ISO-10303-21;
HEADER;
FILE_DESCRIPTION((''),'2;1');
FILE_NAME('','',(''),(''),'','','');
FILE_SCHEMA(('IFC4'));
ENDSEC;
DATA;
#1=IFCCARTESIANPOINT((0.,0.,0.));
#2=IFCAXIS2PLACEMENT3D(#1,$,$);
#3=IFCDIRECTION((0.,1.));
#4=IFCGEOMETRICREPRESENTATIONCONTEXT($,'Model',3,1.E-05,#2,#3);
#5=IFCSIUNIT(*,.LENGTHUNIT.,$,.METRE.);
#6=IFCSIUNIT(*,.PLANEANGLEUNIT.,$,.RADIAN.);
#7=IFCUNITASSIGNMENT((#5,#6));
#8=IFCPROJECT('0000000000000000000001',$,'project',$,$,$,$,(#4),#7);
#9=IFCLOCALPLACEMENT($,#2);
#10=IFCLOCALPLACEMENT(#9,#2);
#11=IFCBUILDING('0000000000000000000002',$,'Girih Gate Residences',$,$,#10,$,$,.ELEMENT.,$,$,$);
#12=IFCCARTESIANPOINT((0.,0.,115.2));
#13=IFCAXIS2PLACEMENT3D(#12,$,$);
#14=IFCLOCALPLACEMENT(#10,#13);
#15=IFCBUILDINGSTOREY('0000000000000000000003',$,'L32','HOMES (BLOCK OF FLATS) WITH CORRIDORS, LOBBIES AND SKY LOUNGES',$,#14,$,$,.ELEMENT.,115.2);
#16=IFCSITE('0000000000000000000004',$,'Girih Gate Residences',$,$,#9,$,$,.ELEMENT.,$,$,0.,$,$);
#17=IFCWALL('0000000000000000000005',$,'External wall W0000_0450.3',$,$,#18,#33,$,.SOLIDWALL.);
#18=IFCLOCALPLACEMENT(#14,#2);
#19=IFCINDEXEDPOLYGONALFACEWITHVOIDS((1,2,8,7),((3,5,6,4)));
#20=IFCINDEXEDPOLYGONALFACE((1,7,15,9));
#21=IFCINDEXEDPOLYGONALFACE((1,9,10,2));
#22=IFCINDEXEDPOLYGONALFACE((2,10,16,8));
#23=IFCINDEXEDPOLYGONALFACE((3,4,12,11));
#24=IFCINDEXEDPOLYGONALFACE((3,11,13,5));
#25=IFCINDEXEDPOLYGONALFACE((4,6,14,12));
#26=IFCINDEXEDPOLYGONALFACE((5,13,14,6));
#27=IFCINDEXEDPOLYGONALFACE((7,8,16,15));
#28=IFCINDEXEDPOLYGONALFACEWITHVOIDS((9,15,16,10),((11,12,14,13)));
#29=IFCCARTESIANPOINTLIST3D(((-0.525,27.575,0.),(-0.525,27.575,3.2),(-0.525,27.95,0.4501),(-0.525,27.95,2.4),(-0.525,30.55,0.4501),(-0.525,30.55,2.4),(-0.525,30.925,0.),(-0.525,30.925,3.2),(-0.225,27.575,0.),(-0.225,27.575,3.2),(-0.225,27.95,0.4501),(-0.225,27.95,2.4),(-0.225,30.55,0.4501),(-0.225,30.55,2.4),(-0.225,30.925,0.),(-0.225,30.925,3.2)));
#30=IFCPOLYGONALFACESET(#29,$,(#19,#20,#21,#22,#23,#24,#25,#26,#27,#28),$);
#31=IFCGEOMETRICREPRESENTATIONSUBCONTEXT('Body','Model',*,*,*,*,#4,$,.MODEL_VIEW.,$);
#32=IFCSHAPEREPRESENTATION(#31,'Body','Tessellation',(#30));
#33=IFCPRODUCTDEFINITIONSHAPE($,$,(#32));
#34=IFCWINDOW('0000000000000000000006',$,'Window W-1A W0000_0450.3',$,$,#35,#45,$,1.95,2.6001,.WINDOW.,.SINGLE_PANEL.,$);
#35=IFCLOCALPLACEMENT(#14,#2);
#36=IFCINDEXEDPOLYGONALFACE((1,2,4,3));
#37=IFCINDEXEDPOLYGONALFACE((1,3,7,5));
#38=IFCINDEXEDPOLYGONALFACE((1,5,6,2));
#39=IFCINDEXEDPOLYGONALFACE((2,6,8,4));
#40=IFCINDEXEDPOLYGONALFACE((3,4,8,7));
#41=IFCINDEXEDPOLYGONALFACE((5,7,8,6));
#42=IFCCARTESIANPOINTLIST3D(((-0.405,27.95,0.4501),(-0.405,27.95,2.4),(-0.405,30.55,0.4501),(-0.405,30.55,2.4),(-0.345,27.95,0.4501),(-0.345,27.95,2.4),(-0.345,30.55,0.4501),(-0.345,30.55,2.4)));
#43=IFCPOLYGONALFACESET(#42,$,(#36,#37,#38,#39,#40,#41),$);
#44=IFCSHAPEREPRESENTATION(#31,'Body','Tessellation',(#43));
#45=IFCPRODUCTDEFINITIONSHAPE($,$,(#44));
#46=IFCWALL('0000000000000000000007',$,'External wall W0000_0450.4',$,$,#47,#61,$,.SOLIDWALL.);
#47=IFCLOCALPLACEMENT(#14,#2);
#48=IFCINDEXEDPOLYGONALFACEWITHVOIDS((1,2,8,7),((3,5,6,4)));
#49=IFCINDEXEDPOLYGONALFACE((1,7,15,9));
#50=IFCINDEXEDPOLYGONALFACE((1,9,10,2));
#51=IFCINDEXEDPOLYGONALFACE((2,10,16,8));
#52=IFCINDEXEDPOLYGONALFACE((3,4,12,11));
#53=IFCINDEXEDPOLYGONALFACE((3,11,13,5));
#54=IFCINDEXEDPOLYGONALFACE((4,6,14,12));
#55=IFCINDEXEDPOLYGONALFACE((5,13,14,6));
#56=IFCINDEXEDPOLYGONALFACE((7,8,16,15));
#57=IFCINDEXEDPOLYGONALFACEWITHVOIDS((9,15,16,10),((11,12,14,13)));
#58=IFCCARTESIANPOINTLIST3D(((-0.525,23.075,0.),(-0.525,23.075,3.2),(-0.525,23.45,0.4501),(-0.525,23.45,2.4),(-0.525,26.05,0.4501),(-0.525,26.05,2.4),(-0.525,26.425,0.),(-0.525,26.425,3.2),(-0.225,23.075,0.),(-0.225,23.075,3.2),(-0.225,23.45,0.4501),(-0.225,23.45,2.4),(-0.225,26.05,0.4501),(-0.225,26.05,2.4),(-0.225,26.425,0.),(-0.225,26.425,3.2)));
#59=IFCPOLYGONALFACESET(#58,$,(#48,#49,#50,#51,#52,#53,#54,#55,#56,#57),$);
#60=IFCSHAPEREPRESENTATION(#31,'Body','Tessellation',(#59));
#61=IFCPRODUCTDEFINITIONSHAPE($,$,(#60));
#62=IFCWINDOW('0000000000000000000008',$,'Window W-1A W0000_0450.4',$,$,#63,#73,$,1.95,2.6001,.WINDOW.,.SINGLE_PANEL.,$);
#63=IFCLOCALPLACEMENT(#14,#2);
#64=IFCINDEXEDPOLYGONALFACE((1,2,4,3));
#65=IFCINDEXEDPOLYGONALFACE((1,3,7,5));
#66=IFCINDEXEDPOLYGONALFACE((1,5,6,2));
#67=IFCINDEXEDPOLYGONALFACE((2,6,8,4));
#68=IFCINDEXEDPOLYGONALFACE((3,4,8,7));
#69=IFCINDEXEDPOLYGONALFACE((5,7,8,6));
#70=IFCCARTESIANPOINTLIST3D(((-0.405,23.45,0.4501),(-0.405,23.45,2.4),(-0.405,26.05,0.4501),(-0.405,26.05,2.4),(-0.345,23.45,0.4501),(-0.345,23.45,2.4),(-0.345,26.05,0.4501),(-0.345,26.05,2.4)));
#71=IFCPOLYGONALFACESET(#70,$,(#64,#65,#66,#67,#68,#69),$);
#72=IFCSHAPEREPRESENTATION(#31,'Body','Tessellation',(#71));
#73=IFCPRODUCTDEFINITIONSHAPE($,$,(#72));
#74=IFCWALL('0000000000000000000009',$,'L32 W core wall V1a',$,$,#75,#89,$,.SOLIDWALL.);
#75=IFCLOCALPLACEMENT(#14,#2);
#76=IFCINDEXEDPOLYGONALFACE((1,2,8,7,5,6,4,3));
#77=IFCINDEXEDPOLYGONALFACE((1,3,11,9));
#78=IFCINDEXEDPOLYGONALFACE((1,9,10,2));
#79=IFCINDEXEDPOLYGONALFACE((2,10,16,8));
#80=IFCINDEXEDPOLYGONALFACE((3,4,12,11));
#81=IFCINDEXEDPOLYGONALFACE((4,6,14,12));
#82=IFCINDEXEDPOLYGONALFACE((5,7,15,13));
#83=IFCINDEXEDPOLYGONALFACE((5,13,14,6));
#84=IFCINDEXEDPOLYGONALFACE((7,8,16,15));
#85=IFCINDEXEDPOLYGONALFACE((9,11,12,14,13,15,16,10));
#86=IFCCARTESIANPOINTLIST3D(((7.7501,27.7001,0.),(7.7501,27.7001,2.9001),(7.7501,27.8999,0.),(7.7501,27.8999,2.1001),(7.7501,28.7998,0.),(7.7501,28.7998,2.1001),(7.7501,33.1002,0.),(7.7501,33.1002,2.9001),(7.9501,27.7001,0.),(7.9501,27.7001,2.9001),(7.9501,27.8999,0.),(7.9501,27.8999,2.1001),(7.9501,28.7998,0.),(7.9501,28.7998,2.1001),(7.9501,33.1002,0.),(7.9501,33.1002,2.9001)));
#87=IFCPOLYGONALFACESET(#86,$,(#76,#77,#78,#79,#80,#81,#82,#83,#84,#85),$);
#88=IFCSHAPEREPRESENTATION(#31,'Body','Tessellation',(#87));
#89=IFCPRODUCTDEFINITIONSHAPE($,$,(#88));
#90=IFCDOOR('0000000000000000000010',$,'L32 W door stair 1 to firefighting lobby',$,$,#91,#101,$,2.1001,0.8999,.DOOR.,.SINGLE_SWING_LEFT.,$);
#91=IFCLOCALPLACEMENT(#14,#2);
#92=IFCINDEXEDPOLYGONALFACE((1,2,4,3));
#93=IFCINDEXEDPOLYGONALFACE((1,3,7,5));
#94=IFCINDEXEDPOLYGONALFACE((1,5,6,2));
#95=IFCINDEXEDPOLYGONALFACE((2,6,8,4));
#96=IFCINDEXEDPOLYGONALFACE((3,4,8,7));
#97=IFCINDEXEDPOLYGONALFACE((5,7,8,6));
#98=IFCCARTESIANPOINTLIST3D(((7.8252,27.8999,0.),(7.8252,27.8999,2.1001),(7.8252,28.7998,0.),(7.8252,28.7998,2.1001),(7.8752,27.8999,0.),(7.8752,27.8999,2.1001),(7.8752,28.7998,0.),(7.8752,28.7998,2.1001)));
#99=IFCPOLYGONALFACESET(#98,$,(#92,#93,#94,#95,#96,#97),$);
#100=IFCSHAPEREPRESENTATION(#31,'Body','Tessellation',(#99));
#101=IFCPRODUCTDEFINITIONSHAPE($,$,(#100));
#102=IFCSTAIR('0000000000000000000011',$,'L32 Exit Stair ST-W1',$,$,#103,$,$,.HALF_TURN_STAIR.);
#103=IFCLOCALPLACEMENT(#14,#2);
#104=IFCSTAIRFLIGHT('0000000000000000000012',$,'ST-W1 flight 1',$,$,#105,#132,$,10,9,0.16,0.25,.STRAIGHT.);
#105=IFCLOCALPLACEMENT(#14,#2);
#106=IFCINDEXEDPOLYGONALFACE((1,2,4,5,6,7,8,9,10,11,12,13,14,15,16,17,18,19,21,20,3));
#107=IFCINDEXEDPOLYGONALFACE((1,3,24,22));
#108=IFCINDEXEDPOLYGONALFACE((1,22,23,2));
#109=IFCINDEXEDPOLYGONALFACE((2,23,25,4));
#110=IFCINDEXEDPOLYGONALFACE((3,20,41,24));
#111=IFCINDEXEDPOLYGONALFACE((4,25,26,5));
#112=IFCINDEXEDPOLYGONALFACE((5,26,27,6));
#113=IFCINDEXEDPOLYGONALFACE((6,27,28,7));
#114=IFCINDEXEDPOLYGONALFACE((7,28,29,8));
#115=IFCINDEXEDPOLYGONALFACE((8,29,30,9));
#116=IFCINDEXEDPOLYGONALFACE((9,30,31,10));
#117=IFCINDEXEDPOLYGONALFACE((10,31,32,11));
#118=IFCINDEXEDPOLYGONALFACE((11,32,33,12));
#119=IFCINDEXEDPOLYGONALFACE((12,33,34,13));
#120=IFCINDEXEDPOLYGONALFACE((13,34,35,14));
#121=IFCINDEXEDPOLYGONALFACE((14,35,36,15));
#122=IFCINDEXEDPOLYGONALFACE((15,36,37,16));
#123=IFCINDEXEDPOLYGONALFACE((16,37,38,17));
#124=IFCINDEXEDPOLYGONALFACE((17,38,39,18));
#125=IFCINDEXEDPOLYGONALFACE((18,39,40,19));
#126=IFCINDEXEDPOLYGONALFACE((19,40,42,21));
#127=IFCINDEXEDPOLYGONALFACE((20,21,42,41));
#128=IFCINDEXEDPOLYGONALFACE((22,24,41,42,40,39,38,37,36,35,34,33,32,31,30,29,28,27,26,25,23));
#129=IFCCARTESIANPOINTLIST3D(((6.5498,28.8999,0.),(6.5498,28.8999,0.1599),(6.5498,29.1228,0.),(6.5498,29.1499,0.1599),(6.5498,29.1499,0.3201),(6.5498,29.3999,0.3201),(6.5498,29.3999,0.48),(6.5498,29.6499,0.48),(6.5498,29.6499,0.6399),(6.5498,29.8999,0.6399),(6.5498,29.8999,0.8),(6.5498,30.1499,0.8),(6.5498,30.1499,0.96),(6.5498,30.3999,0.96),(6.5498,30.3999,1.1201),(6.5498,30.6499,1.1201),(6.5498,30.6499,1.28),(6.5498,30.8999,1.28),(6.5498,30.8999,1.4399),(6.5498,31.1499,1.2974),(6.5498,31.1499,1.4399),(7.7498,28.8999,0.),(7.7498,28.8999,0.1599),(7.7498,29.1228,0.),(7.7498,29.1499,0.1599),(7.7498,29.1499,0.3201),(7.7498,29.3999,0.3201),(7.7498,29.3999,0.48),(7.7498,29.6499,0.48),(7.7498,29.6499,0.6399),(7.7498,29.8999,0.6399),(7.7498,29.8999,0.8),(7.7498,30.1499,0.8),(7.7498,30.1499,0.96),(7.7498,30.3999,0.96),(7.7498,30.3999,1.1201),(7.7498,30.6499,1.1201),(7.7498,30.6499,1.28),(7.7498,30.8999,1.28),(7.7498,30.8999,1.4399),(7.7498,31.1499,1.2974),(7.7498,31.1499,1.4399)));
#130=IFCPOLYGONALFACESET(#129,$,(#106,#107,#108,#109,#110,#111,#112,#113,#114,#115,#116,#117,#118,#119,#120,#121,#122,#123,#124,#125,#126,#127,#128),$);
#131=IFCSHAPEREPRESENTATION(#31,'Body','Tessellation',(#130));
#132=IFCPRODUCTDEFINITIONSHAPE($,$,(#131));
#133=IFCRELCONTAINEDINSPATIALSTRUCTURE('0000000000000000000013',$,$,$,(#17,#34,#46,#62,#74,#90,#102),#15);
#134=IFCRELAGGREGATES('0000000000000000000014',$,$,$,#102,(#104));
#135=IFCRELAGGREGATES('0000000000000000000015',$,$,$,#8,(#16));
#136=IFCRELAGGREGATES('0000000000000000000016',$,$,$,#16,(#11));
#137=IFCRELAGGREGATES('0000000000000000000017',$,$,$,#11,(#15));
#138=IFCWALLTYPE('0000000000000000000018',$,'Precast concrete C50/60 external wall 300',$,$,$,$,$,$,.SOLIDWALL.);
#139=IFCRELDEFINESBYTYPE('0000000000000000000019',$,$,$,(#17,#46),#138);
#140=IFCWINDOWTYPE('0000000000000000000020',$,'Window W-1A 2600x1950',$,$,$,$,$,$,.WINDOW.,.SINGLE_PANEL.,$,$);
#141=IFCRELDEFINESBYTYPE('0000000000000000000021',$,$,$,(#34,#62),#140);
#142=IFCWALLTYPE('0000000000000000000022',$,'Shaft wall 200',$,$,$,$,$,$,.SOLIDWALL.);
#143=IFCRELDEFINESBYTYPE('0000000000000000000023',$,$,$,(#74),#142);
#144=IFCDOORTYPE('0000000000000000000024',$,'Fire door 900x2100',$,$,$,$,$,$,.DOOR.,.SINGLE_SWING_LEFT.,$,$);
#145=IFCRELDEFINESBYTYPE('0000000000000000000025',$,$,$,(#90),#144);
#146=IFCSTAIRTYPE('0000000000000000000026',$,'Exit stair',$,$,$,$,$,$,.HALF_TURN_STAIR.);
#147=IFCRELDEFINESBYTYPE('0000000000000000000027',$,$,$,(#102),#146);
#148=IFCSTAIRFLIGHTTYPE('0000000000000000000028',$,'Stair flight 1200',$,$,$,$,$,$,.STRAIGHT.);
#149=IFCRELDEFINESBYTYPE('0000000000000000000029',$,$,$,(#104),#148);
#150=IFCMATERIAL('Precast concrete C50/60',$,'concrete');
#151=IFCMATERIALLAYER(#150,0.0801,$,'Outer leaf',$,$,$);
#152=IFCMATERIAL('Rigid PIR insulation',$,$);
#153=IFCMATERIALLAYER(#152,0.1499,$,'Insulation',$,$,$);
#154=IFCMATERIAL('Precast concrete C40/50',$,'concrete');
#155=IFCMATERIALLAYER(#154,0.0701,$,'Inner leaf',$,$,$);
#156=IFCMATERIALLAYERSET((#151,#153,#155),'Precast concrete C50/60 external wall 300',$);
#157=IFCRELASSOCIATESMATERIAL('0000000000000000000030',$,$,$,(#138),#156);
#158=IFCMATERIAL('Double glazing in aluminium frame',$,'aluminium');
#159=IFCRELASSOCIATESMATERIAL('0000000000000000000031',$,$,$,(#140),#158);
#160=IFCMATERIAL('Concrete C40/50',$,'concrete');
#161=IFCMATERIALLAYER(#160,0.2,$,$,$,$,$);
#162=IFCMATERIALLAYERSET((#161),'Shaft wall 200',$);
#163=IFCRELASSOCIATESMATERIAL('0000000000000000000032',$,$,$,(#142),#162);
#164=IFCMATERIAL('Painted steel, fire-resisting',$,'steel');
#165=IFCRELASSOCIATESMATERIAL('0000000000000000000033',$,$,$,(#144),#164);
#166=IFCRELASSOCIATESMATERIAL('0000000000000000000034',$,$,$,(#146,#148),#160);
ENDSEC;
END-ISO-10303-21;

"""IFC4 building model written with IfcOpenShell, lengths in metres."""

from ifc_helpers import new_model, si_unit, direction, frame, frame_2d, origin, place, context, subcontext, project, spatial, polyline, rectangle, outline, extrude, material, layer, layer_set, type_object, element, fill, aggregate, save


model = new_model("IFC4")

# Units and contexts
model_context = context("Model", 3, precision=1e-05, world=origin(), true_north=direction((0.0, 1.0)))
body_context = subcontext(model_context, "Body", "Model", "MODEL_VIEW")
ifc_project = project(units=[si_unit("LENGTHUNIT", "METRE"), si_unit("PLANEANGLEUNIT", "RADIAN")], contexts=[model_context])

# Site, building, storey
site_placement = place(None, origin())
site = spatial("IfcSite", under=ifc_project, at=site_placement, Name="Girih Gate Residences", CompositionType="ELEMENT", RefElevation=0.0)
building_placement = place(site_placement, origin())
building = spatial("IfcBuilding", under=site, at=building_placement, Name="Girih Gate Residences", CompositionType="ELEMENT")
storey_placement = place(building_placement, frame((0.0, 0.0, 115.2)))
storey = spatial("IfcBuildingStorey", under=building, at=storey_placement, Name="L32", Description="HOMES (BLOCK OF FLATS) WITH CORRIDORS, LOBBIES AND SKY LOUNGES", CompositionType="ELEMENT", Elevation=115.2)

# Shared definitions
ifc_material_1 = material(Name="Painted steel, fire-resisting", Category="steel")

# Walls, openings, windows
ifc_material_2 = material(Name="Precast concrete C50/60", Category="concrete")
ifc_layer_1 = layer(ifc_material_2, 0.0801, Name="Outer leaf")
ifc_material_3 = material(Name="Rigid PIR insulation")
ifc_layer_2 = layer(ifc_material_3, 0.1499, Name="Insulation")
ifc_material_4 = material(Name="Precast concrete C40/50", Category="concrete")
ifc_layer_3 = layer(ifc_material_4, 0.0701, Name="Inner leaf")
ifc_layer_set_1 = layer_set([ifc_layer_1, ifc_layer_2, ifc_layer_3], Name="Precast concrete C50/60 external wall 300")
wall_type_1 = type_object("IfcWallType", Name="Precast concrete C50/60 external wall 300", PredefinedType="SOLIDWALL", material=ifc_layer_set_1)
wall_1_placement = place(storey_placement, frame((-0.375, 27.575, 0.0), z_axis=(0.0, 0.0, 1.0), x_axis=(0.0, 1.0, 0.0)))
wall_1 = element("IfcWall", 1, at=wall_1_placement, inside=storey, type_object=wall_type_1, Name="External wall W0000_0450.3", PredefinedType="SOLIDWALL", context=body_context, shape_type="SweptSolid", body=[
    extrude(rectangle(XDim=3.3501, YDim=0.3, at=frame_2d((1.675, 0.0))), origin(), (0.0, 0.0, 1.0), 3.2),
])
opening_1_placement = place(wall_1_placement, frame((0.375, 0.0, 0.45)))
opening_1 = element("IfcOpeningElement", 2, at=opening_1_placement, cuts=wall_1, PredefinedType="OPENING", context=body_context, shape_type="SweptSolid", body=[
    extrude(rectangle(XDim=2.6001, YDim=1.95, at=frame_2d((1.3, 0.9751))), frame((0.0, 0.1599, 0.0), z_axis=(0.0, -1.0, 0.0), x_axis=(1.0, 0.0, 0.0)), (0.0, 0.0, 1.0), 0.3201),
])
ifc_material_5 = material(Name="Double glazing in aluminium frame", Category="aluminium")
window_type = type_object("IfcWindowType", Name="Window W-1A 2600x1950", PartitioningType="SINGLE_PANEL", PredefinedType="WINDOW", material=ifc_material_5)
window_1_placement = place(opening_1_placement, origin())
window_1 = element("IfcWindow", 3, at=window_1_placement, inside=storey, type_object=window_type, Name="Window W-1A W0000_0450.3", OverallHeight=1.95, OverallWidth=2.6001, PartitioningType="SINGLE_PANEL", PredefinedType="WINDOW", context=body_context, shape_type="SweptSolid", body=[
    extrude(rectangle(XDim=2.6001, YDim=1.95, at=frame_2d((1.3, 0.9751))), frame((0.0, 0.03, 0.0), z_axis=(0.0, -1.0, 0.0), x_axis=(1.0, 0.0, 0.0)), (0.0, 0.0, 1.0), 0.0601),
])
fill(opening_1, window_1)
wall_2_placement = place(storey_placement, frame((-0.375, 23.075, 0.0), z_axis=(0.0, 0.0, 1.0), x_axis=(0.0, 1.0, 0.0)))
wall_2 = element("IfcWall", 4, at=wall_2_placement, inside=storey, type_object=wall_type_1, Name="External wall W0000_0450.4", PredefinedType="SOLIDWALL", context=body_context, shape_type="SweptSolid", body=[
    extrude(rectangle(XDim=3.3501, YDim=0.3, at=frame_2d((1.675, 0.0))), origin(), (0.0, 0.0, 1.0), 3.2),
])
opening_2_placement = place(wall_2_placement, frame((0.375, 0.0, 0.45)))
opening_2 = element("IfcOpeningElement", 5, at=opening_2_placement, cuts=wall_2, PredefinedType="OPENING", context=body_context, shape_type="SweptSolid", body=[
    extrude(rectangle(XDim=2.6001, YDim=1.95, at=frame_2d((1.3, 0.9751))), frame((0.0, 0.1599, 0.0), z_axis=(0.0, -1.0, 0.0), x_axis=(1.0, 0.0, 0.0)), (0.0, 0.0, 1.0), 0.3201),
])
window_2_placement = place(opening_2_placement, origin())
window_2 = element("IfcWindow", 6, at=window_2_placement, inside=storey, type_object=window_type, Name="Window W-1A W0000_0450.4", OverallHeight=1.95, OverallWidth=2.6001, PartitioningType="SINGLE_PANEL", PredefinedType="WINDOW", context=body_context, shape_type="SweptSolid", body=[
    extrude(rectangle(XDim=2.6001, YDim=1.95, at=frame_2d((1.3, 0.9751))), frame((0.0, 0.03, 0.0), z_axis=(0.0, -1.0, 0.0), x_axis=(1.0, 0.0, 0.0)), (0.0, 0.0, 1.0), 0.0601),
])
fill(opening_2, window_2)

# Wall, opening, door
ifc_material_6 = material(Name="Concrete C40/50", Category="concrete")
ifc_layer_4 = layer(ifc_material_6, 0.2)
ifc_layer_set_2 = layer_set([ifc_layer_4], Name="Shaft wall 200")
wall_type_2 = type_object("IfcWallType", Name="Shaft wall 200", PredefinedType="SOLIDWALL", material=ifc_layer_set_2)
wall_3_placement = place(storey_placement, frame((7.8501, 27.7, 0.0), z_axis=(0.0, 0.0, 1.0), x_axis=(0.0, 1.0, 0.0)))
wall_3 = element("IfcWall", 7, at=wall_3_placement, inside=storey, type_object=wall_type_2, Name="L32 W core wall V1a", PredefinedType="SOLIDWALL", context=body_context, shape_type="SweptSolid", body=[
    extrude(rectangle(XDim=5.4001, YDim=0.2, at=frame_2d((2.7002, 0.0))), origin(), (0.0, 0.0, 1.0), 2.9001),
])
opening_3_placement = place(wall_3_placement, frame((0.2, 0.0, 0.0)))
opening_3 = element("IfcOpeningElement", 8, at=opening_3_placement, cuts=wall_3, PredefinedType="OPENING", context=body_context, shape_type="SweptSolid", body=[
    extrude(rectangle(XDim=0.8999, YDim=2.1001, at=frame_2d((0.45, 1.05))), frame((0.0, 0.1099, 0.0), z_axis=(0.0, -1.0, 0.0), x_axis=(1.0, 0.0, 0.0)), (0.0, 0.0, 1.0), 0.22),
])
door_type_1 = type_object("IfcDoorType", Name="Fire door 900x2100", OperationType="SINGLE_SWING_LEFT", PredefinedType="DOOR", material=ifc_material_1)
door_1_placement = place(opening_3_placement, origin())
door_1 = element("IfcDoor", 9, at=door_1_placement, inside=storey, type_object=door_type_1, Name="L32 W door stair 1 to firefighting lobby", OperationType="SINGLE_SWING_LEFT", OverallHeight=2.1001, OverallWidth=0.8999, PredefinedType="DOOR", context=body_context, shape_type="SweptSolid", body=[
    extrude(rectangle(XDim=0.8999, YDim=2.1001, at=frame_2d((0.45, 1.05))), frame((0.0, 0.0249, 0.0), z_axis=(0.0, -1.0, 0.0), x_axis=(1.0, 0.0, 0.0)), (0.0, 0.0, 1.0), 0.05),
])
fill(opening_3, door_1)

# Stair, stair flight
stair_type = type_object("IfcStairType", Name="Exit stair", PredefinedType="HALF_TURN_STAIR", material=ifc_material_6)
stair_placement = place(storey_placement, origin())
stair = element("IfcStair", 10, at=stair_placement, inside=storey, type_object=stair_type, Name="L32 Exit Stair ST-W1", PredefinedType="HALF_TURN_STAIR")
stair_flight_type = type_object("IfcStairFlightType", Name="Stair flight 1200", PredefinedType="STRAIGHT", material=ifc_material_6)
stair_flight_placement = place(storey_placement, frame((7.1499, 28.8999, 0.0), z_axis=(0.0, 0.0, 1.0), x_axis=(0.0, 1.0, 0.0)))
stair_flight = element("IfcStairFlight", 11, at=stair_flight_placement, type_object=stair_flight_type, Name="ST-W1 flight 1", NumberOfRisers=10, NumberOfTreads=9, PredefinedType="STRAIGHT", RiserHeight=0.16, TreadLength=0.25, context=body_context, shape_type="SweptSolid", body=[
    extrude(outline(polyline([(0.0, 0.0), (0.0, 0.1599), (0.25, 0.1599), (0.25, 0.3201), (0.5, 0.3201), (0.5, 0.48), (0.75, 0.48), (0.75, 0.6399), (1.0, 0.6399), (1.0, 0.8), (1.25, 0.8), (1.25, 0.96), (1.5, 0.96), (1.5, 1.1201), (1.75, 1.1201), (1.75, 1.28), (2.0, 1.28), (2.0, 1.4399), (2.25, 1.4399), (2.25, 1.6001), (2.25, 1.2974), (0.2229, 0.0), (0.0, 0.0)])), frame((0.0, 0.6001, 0.0), z_axis=(0.0, -1.0, 0.0), x_axis=(1.0, 0.0, 0.0)), (0.0, 0.0, 1.0), 1.2),
])
aggregate(stair, [stair_flight])

save(model, "model.ifc")
